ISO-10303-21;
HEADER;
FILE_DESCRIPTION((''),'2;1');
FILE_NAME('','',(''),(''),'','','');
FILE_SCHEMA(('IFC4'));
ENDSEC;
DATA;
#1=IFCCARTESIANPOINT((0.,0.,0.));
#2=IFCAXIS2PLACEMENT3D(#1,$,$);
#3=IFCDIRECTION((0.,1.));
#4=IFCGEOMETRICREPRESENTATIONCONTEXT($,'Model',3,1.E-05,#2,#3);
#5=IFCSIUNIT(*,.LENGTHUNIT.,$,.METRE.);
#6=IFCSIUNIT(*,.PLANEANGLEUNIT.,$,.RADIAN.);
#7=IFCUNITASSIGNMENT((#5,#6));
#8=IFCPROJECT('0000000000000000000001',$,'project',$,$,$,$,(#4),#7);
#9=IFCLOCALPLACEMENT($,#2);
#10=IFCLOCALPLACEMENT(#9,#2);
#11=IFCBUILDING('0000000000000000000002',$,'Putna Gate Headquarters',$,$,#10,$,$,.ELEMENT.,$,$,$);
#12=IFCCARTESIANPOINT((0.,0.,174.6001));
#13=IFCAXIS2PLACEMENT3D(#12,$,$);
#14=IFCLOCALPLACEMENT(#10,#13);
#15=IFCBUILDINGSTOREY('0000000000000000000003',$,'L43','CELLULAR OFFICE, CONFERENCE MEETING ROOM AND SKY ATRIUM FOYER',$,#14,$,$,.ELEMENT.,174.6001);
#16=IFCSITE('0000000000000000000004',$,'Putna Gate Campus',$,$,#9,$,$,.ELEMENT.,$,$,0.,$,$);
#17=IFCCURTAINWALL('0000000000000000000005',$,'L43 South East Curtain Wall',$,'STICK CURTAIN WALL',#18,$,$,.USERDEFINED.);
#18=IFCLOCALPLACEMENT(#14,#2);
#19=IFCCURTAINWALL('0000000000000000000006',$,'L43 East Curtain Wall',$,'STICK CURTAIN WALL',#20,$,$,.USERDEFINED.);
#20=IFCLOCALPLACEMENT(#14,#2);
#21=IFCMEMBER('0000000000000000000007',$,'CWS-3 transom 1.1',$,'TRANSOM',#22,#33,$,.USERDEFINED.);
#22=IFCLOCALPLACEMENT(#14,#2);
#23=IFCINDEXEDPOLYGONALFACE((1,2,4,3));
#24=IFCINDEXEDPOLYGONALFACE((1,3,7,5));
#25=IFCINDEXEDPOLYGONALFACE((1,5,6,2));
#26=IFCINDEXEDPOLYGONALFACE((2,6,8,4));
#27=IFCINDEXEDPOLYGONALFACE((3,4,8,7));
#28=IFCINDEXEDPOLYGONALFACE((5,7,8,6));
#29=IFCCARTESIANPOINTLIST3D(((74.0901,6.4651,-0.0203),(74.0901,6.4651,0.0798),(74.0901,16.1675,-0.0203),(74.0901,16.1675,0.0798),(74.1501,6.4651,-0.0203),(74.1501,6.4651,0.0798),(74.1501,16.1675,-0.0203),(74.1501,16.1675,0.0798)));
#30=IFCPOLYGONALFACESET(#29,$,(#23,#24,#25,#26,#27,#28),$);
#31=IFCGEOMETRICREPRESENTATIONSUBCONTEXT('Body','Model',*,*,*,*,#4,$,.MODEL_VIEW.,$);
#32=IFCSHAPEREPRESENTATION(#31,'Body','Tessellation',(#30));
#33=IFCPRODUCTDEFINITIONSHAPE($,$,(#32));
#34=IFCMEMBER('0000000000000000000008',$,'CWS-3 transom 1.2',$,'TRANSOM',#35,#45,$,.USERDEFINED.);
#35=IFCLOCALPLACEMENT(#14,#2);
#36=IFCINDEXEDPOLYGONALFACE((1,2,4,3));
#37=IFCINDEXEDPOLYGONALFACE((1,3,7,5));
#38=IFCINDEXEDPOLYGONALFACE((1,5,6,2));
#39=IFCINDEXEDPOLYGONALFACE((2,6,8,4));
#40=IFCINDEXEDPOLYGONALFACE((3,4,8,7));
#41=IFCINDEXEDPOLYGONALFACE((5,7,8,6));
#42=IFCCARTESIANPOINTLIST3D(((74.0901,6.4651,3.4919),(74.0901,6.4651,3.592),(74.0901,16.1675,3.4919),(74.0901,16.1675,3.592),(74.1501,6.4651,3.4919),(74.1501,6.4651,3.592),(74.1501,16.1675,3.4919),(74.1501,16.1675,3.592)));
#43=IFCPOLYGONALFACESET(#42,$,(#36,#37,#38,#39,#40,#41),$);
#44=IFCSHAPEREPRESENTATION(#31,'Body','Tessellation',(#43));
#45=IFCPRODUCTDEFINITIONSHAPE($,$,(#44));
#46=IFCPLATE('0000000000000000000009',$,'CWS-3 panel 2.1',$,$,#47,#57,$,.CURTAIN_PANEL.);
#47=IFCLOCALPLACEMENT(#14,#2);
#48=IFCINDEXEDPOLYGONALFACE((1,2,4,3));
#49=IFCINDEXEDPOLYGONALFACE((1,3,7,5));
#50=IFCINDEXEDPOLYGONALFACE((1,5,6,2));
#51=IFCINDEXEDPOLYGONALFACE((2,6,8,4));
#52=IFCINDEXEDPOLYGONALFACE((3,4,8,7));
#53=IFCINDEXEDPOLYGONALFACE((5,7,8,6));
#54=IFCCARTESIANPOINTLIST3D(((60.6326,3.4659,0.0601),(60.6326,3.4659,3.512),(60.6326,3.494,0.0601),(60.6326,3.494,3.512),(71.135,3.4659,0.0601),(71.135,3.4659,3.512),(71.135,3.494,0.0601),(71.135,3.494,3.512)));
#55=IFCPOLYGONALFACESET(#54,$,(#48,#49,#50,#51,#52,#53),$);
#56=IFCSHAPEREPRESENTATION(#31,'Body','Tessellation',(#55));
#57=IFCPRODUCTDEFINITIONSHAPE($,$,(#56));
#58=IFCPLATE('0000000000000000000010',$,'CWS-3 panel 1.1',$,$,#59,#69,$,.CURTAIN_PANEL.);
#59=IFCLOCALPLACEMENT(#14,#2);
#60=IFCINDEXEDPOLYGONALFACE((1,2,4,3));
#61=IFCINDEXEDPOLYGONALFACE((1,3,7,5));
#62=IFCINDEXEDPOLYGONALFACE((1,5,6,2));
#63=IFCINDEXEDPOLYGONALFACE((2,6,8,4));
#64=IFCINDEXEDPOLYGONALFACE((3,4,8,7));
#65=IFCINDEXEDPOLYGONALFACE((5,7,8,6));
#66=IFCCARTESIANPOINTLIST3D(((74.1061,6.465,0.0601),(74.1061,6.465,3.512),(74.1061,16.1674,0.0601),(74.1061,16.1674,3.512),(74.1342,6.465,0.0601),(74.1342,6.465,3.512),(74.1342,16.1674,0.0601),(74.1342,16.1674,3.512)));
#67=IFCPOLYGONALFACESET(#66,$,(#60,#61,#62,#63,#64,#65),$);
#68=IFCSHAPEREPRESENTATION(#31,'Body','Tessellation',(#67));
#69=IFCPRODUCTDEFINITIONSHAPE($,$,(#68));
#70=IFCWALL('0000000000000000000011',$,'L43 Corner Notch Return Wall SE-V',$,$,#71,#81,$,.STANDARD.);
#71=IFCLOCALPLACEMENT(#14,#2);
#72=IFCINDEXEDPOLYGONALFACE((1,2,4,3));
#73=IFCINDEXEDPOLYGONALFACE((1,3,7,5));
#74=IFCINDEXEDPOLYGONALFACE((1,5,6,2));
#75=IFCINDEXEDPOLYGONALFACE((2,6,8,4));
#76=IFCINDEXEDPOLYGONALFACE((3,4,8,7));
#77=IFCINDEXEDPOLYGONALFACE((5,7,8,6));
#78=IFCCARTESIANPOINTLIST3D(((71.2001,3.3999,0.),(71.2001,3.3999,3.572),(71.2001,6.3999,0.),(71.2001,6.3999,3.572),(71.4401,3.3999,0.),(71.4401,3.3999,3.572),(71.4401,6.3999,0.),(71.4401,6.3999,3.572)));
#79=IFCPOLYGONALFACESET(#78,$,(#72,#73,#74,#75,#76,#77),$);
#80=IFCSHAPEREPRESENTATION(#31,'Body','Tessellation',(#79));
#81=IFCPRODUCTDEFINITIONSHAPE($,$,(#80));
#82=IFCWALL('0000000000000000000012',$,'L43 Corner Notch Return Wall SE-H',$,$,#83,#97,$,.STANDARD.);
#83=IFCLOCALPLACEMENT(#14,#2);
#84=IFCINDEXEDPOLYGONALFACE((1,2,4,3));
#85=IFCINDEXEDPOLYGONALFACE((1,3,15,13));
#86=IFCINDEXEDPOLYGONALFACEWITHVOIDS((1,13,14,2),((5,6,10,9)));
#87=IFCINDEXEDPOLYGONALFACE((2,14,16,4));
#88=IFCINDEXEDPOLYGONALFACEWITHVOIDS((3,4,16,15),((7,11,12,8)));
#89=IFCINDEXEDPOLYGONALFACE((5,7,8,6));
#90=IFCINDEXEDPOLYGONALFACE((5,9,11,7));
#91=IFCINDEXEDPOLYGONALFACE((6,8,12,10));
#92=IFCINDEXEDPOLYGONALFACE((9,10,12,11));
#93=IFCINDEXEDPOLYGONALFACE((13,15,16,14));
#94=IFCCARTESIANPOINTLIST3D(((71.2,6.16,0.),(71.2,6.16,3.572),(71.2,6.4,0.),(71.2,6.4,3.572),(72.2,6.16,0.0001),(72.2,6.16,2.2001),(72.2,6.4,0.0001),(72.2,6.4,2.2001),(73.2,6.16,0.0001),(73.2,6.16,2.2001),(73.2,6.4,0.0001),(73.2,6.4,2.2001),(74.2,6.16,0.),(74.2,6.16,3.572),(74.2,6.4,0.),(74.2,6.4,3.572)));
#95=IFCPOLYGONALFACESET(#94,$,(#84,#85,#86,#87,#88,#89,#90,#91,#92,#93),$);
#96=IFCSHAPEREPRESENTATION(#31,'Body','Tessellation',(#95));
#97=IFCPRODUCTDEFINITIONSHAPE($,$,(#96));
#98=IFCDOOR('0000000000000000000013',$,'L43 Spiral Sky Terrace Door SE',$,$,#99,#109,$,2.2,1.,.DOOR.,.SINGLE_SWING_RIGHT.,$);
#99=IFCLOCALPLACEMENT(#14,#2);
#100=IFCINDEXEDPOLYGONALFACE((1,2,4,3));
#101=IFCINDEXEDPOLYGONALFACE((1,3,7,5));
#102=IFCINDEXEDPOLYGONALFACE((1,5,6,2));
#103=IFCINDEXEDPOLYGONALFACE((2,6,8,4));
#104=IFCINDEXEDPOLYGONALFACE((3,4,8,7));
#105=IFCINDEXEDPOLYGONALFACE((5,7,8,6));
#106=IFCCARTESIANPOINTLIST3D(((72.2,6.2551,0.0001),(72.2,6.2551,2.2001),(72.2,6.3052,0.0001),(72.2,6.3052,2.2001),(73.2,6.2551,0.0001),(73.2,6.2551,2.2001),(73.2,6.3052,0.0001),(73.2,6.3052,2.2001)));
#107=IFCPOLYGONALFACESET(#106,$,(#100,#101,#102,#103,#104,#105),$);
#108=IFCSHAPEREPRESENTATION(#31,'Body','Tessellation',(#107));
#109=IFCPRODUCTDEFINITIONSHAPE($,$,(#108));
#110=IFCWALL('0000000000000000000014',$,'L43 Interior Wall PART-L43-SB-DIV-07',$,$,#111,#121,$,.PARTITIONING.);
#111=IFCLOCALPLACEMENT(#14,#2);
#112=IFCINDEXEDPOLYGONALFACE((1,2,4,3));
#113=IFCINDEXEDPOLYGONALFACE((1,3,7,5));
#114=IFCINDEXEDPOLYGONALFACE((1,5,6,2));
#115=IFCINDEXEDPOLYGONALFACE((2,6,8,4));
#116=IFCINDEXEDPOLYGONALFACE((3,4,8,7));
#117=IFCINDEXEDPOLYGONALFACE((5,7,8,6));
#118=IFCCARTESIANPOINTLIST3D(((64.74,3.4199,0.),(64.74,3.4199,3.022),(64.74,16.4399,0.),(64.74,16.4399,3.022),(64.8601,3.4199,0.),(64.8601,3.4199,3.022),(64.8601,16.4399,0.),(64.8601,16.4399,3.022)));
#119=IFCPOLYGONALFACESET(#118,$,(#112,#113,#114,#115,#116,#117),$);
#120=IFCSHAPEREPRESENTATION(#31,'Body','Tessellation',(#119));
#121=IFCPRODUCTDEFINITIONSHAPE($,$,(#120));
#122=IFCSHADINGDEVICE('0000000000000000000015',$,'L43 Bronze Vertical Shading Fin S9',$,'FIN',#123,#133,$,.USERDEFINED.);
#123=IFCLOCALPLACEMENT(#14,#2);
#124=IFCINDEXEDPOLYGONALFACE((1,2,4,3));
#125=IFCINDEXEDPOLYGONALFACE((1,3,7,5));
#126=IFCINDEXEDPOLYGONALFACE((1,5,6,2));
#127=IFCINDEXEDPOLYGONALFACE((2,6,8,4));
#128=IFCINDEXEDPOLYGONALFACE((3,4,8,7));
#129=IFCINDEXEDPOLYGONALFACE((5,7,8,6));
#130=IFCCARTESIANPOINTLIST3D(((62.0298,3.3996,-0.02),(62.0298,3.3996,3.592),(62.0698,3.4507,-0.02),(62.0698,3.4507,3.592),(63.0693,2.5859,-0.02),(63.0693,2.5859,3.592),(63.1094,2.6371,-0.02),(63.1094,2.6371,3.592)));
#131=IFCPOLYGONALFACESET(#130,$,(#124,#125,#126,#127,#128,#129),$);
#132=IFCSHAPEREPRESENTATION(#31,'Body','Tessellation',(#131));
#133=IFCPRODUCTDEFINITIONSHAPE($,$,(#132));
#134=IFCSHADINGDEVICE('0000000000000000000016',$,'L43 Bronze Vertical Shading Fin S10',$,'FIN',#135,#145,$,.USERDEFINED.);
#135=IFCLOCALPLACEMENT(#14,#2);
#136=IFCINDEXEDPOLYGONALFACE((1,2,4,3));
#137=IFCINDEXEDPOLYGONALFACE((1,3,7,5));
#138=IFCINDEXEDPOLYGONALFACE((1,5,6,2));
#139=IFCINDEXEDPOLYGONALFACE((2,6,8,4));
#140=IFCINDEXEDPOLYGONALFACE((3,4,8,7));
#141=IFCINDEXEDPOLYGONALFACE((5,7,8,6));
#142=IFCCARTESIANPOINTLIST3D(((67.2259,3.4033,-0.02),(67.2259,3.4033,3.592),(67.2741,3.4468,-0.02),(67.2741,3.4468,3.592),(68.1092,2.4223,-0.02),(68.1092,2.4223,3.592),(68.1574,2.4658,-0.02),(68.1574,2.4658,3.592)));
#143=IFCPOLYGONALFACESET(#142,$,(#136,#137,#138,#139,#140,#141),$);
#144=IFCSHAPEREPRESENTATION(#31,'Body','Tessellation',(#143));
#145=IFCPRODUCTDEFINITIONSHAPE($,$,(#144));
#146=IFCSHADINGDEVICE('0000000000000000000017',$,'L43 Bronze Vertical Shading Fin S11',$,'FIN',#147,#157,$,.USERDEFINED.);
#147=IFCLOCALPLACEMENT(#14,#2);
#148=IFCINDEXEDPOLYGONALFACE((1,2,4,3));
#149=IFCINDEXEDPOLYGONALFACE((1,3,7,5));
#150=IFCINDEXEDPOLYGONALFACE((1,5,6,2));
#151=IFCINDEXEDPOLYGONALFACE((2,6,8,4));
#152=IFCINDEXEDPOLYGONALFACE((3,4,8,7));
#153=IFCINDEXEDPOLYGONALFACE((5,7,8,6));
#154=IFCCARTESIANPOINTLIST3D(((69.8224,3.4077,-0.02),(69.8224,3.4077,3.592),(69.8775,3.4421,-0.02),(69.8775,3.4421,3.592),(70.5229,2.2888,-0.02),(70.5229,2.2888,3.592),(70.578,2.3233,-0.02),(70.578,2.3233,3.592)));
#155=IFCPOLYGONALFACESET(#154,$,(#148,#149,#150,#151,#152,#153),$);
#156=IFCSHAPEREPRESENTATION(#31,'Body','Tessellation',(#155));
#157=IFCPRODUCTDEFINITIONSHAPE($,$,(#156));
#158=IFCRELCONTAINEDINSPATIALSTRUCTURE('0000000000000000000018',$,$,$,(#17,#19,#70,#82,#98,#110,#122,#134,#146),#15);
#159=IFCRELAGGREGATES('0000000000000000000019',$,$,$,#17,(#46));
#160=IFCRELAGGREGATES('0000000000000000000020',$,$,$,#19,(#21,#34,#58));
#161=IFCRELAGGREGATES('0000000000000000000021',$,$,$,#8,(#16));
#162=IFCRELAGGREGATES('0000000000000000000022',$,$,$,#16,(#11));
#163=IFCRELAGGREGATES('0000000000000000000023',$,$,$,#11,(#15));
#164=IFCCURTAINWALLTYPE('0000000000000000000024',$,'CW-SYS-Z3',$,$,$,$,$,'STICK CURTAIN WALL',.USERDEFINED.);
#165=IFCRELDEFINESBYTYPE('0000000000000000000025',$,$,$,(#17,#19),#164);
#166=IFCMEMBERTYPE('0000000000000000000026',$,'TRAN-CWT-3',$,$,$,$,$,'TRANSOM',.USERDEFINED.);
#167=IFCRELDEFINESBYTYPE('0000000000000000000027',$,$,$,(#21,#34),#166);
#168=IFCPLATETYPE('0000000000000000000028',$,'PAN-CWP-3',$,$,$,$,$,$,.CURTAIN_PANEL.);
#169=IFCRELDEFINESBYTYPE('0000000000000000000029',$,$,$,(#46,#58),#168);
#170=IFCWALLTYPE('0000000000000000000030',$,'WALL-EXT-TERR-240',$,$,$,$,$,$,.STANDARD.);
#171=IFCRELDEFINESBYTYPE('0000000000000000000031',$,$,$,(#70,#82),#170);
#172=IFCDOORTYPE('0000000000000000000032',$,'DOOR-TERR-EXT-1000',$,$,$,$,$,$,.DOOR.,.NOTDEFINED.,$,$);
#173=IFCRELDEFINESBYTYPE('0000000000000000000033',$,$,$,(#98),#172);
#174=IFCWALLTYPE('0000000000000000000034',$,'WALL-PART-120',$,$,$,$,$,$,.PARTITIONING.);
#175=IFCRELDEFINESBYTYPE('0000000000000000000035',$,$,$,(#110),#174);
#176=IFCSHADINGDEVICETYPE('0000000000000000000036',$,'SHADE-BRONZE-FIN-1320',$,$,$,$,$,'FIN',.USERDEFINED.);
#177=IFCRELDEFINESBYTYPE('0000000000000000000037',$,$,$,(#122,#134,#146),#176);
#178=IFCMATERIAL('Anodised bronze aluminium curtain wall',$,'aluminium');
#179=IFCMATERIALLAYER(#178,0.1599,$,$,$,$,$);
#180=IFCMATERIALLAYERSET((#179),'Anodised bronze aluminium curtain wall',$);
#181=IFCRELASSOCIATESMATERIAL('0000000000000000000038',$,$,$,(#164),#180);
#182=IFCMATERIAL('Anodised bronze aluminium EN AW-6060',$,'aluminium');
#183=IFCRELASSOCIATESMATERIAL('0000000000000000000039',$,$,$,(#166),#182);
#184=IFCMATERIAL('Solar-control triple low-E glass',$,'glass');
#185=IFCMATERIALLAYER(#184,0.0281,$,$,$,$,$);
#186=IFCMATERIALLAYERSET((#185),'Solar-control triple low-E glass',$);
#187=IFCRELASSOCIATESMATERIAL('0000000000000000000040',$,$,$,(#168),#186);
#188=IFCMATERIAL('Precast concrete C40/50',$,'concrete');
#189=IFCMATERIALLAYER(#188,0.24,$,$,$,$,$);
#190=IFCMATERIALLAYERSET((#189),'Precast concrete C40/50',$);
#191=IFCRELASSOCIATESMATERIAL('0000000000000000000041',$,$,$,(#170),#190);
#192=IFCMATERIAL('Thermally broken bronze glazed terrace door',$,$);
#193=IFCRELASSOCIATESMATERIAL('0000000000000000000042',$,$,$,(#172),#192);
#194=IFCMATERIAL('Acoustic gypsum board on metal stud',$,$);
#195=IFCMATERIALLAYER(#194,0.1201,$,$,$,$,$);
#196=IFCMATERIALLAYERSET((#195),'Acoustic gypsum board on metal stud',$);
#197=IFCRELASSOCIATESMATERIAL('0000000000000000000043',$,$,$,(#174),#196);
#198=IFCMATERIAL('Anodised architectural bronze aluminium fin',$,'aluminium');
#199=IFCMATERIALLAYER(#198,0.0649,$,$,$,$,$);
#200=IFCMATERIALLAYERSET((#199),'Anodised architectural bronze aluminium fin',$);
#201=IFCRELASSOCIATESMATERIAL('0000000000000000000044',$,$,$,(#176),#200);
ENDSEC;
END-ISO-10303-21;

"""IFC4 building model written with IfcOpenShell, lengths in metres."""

from ifc_helpers import new_model, si_unit, direction, frame, frame_2d, origin, origin_2d, place, context, subcontext, project, spatial, rectangle, extrude, material, layer, layer_set, material_profile, profile_set, type_object, element, fill, aggregate, save


model = new_model("IFC4")

# Units and contexts
model_context = context("Model", 3, precision=1e-05, world=origin(), true_north=direction((0.0, 1.0)))
body_context = subcontext(model_context, "Body", "Model", "MODEL_VIEW")
ifc_project = project(units=[si_unit("LENGTHUNIT", "METRE"), si_unit("PLANEANGLEUNIT", "RADIAN")], contexts=[model_context])

# Site, building, storey
site_placement = place(None, origin())
site = spatial("IfcSite", under=ifc_project, at=site_placement, Name="Putna Gate Campus", CompositionType="ELEMENT", RefElevation=0.0)
building_placement = place(site_placement, origin())
building = spatial("IfcBuilding", under=site, at=building_placement, Name="Putna Gate Headquarters", CompositionType="ELEMENT")
storey_placement = place(building_placement, frame((0.0, 0.0, 174.6001)))
storey = spatial("IfcBuildingStorey", under=building, at=storey_placement, Name="L43", Description="CELLULAR OFFICE, CONFERENCE MEETING ROOM AND SKY ATRIUM FOYER", CompositionType="ELEMENT", Elevation=174.6001)

# Curtain wall
ifc_material_1 = material(Name="Anodised bronze aluminium curtain wall", Category="aluminium")
ifc_layer_1 = layer(ifc_material_1, 0.1599)
ifc_layer_set_1 = layer_set([ifc_layer_1], Name="Anodised bronze aluminium curtain wall")
curtain_wall_type = type_object("IfcCurtainWallType", Name="CW-SYS-Z3", ElementType="STICK CURTAIN WALL", PredefinedType="USERDEFINED", material=ifc_layer_set_1)
curtain_wall_1_placement = place(storey_placement, origin())
curtain_wall_1 = element("IfcCurtainWall", 1, at=curtain_wall_1_placement, inside=storey, type_object=curtain_wall_type, Name="L43 South East Curtain Wall", ObjectType="STICK CURTAIN WALL", PredefinedType="USERDEFINED")
ifc_material_2 = material(Name="Anodised bronze aluminium EN AW-6060", Category="aluminium")

# Curtain wall
curtain_wall_2_placement = place(storey_placement, origin())
curtain_wall_2 = element("IfcCurtainWall", 2, at=curtain_wall_2_placement, inside=storey, type_object=curtain_wall_type, Name="L43 East Curtain Wall", ObjectType="STICK CURTAIN WALL", PredefinedType="USERDEFINED")

# Members
ifc_material_profile_1 = material_profile(ifc_material_2, rectangle(XDim=0.0601, YDim=0.1001, at=origin_2d()), Name="Anodised bronze aluminium EN AW-6060")
ifc_profile_set_1 = profile_set([ifc_material_profile_1], Name="Anodised bronze aluminium EN AW-6060")
member_type_1 = type_object("IfcMemberType", Name="TRAN-CWT-3", ElementType="TRANSOM", PredefinedType="USERDEFINED", material=ifc_profile_set_1)
member_1_placement = place(storey_placement, frame((74.1201, 6.4651, 0.0298), z_axis=(0.0, 1.0, 0.0), x_axis=(-1.0, 0.0, 0.0)))
member_1 = element("IfcMember", 3, at=member_1_placement, type_object=member_type_1, Name="CWS-3 transom 1.1", ObjectType="TRANSOM", PredefinedType="USERDEFINED", context=body_context, shape_type="SweptSolid", body=[
    extrude(rectangle(XDim=0.0601, YDim=0.1001, at=origin_2d()), origin(), (0.0, 0.0, 1.0), 9.7024),
])
member_2_placement = place(storey_placement, frame((74.1201, 6.4651, 3.542), z_axis=(0.0, 1.0, 0.0), x_axis=(-1.0, 0.0, 0.0)))
member_2 = element("IfcMember", 4, at=member_2_placement, type_object=member_type_1, Name="CWS-3 transom 1.2", ObjectType="TRANSOM", PredefinedType="USERDEFINED", context=body_context, shape_type="SweptSolid", body=[
    extrude(rectangle(XDim=0.0601, YDim=0.1001, at=origin_2d()), origin(), (0.0, 0.0, 1.0), 9.7024),
])

# Plates
ifc_material_3 = material(Name="Solar-control triple low-E glass", Category="glass")
ifc_layer_2 = layer(ifc_material_3, 0.0281)
ifc_layer_set_2 = layer_set([ifc_layer_2], Name="Solar-control triple low-E glass")
plate_type = type_object("IfcPlateType", Name="PAN-CWP-3", PredefinedType="CURTAIN_PANEL", material=ifc_layer_set_2)
plate_1_placement = place(storey_placement, frame((65.8838, 3.48, 0.0601), z_axis=(0.0, 0.0, 1.0), x_axis=(1.0, 0.0, 0.0)))
plate_1 = element("IfcPlate", 5, at=plate_1_placement, type_object=plate_type, Name="CWS-3 panel 2.1", PredefinedType="CURTAIN_PANEL", context=body_context, shape_type="SweptSolid", body=[
    extrude(rectangle(XDim=10.5024, YDim=0.0281, at=origin_2d()), origin(), (0.0, 0.0, 1.0), 3.4519),
])
aggregate(curtain_wall_1, [plate_1])
plate_2_placement = place(storey_placement, frame((74.1201, 11.3162, 0.0601), z_axis=(0.0, 0.0, 1.0), x_axis=(0.0, 1.0, 0.0)))
plate_2 = element("IfcPlate", 6, at=plate_2_placement, type_object=plate_type, Name="CWS-3 panel 1.1", PredefinedType="CURTAIN_PANEL", context=body_context, shape_type="SweptSolid", body=[
    extrude(rectangle(XDim=9.7024, YDim=0.0281, at=origin_2d()), origin(), (0.0, 0.0, 1.0), 3.4519),
])
aggregate(curtain_wall_2, [member_1, member_2, plate_2])

# Wall
ifc_material_4 = material(Name="Precast concrete C40/50", Category="concrete")
ifc_layer_3 = layer(ifc_material_4, 0.24)
ifc_layer_set_3 = layer_set([ifc_layer_3], Name="Precast concrete C40/50")
wall_type_1 = type_object("IfcWallType", Name="WALL-EXT-TERR-240", PredefinedType="STANDARD", material=ifc_layer_set_3)
wall_1_placement = place(storey_placement, frame((71.3201, 6.3999, 0.0), z_axis=(0.0, 0.0, 1.0), x_axis=(0.0, -1.0, 0.0)))
element("IfcWall", 7, at=wall_1_placement, inside=storey, type_object=wall_type_1, Name="L43 Corner Notch Return Wall SE-V", PredefinedType="STANDARD", context=body_context, shape_type="SweptSolid", body=[
    extrude(rectangle(XDim=3.0, YDim=0.24, at=frame_2d((1.5, 0.0))), origin(), (0.0, 0.0, 1.0), 3.572),
])

# Wall, opening, door
wall_2_placement = place(storey_placement, frame((74.2, 6.28, 0.0), z_axis=(0.0, 0.0, 1.0), x_axis=(-1.0, 0.0, 0.0)))
wall_2 = element("IfcWall", 8, at=wall_2_placement, inside=storey, type_object=wall_type_1, Name="L43 Corner Notch Return Wall SE-H", PredefinedType="STANDARD", context=body_context, shape_type="SweptSolid", body=[
    extrude(rectangle(XDim=3.0, YDim=0.24, at=frame_2d((1.5, 0.0))), origin(), (0.0, 0.0, 1.0), 3.572),
])
opening_placement = place(wall_2_placement, frame((1.0, 0.0, 0.0)))
opening = element("IfcOpeningElement", 9, at=opening_placement, cuts=wall_2, PredefinedType="OPENING", context=body_context, shape_type="SweptSolid", body=[
    extrude(rectangle(XDim=1.0, YDim=2.2, at=frame_2d((0.5, 1.1001))), frame((0.0, 0.1299, 0.0), z_axis=(0.0, -1.0, 0.0), x_axis=(1.0, 0.0, 0.0)), (0.0, 0.0, 1.0), 0.26),
])
ifc_material_5 = material(Name="Thermally broken bronze glazed terrace door")
door_type = type_object("IfcDoorType", Name="DOOR-TERR-EXT-1000", OperationType="NOTDEFINED", PredefinedType="DOOR", material=ifc_material_5)
door_placement = place(opening_placement, origin())
door = element("IfcDoor", 10, at=door_placement, inside=storey, type_object=door_type, Name="L43 Spiral Sky Terrace Door SE", OperationType="SINGLE_SWING_RIGHT", OverallHeight=2.2, OverallWidth=1.0, PredefinedType="DOOR", context=body_context, shape_type="SweptSolid", body=[
    extrude(rectangle(XDim=1.0, YDim=2.2, at=frame_2d((0.5, 1.1001))), frame((0.0, 0.0249, 0.0), z_axis=(0.0, -1.0, 0.0), x_axis=(1.0, 0.0, 0.0)), (0.0, 0.0, 1.0), 0.05),
])
fill(opening, door)

# Wall
ifc_material_6 = material(Name="Acoustic gypsum board on metal stud")
ifc_layer_4 = layer(ifc_material_6, 0.1201)
ifc_layer_set_4 = layer_set([ifc_layer_4], Name="Acoustic gypsum board on metal stud")
wall_type_2 = type_object("IfcWallType", Name="WALL-PART-120", PredefinedType="PARTITIONING", material=ifc_layer_set_4)
wall_3_placement = place(storey_placement, frame((64.8, 3.4199, 0.0), z_axis=(0.0, 0.0, 1.0), x_axis=(0.0, 1.0, 0.0)))
element("IfcWall", 11, at=wall_3_placement, inside=storey, type_object=wall_type_2, Name="L43 Interior Wall PART-L43-SB-DIV-07", PredefinedType="PARTITIONING", context=body_context, shape_type="SweptSolid", body=[
    extrude(rectangle(XDim=13.02, YDim=0.1201, at=frame_2d((6.51, 0.0))), origin(), (0.0, 0.0, 1.0), 3.022),
])

# Shading devices
ifc_material_7 = material(Name="Anodised architectural bronze aluminium fin", Category="aluminium")
ifc_layer_5 = layer(ifc_material_7, 0.0649)
ifc_layer_set_5 = layer_set([ifc_layer_5], Name="Anodised architectural bronze aluminium fin")
shading_device_type = type_object("IfcShadingDeviceType", Name="SHADE-BRONZE-FIN-1320", ElementType="FIN", PredefinedType="USERDEFINED", material=ifc_layer_set_5)
for number, where, z_axis, x_axis, name in (
    (12, (62.5696, 3.0183, -0.02), (0.0, 0.0, 1.0), (0.787473, -0.616349, 0.0), "L43 Bronze Vertical Shading Fin S9"),
    (13, (67.6917, 2.9346, -0.02), (0.0, 0.0, 1.0), (0.669131, -0.743145, 0.0), "L43 Bronze Vertical Shading Fin S10"),
    (14, (70.2002, 2.8655, -0.02), (0.0, 0.0, 1.0), (0.530659, -0.847585, 0.0), "L43 Bronze Vertical Shading Fin S11"),
):
    element("IfcShadingDevice", number, at=place(storey_placement, frame(where, z_axis=z_axis, x_axis=x_axis)), inside=storey, type_object=shading_device_type, Name=name, ObjectType="FIN", PredefinedType="USERDEFINED", context=body_context, shape_type="SweptSolid", body=[
        extrude(rectangle(XDim=1.3201, YDim=0.0649, at=origin_2d()), origin(), (0.0, 0.0, 1.0), 3.6121),
    ])

save(model, "model.ifc")
